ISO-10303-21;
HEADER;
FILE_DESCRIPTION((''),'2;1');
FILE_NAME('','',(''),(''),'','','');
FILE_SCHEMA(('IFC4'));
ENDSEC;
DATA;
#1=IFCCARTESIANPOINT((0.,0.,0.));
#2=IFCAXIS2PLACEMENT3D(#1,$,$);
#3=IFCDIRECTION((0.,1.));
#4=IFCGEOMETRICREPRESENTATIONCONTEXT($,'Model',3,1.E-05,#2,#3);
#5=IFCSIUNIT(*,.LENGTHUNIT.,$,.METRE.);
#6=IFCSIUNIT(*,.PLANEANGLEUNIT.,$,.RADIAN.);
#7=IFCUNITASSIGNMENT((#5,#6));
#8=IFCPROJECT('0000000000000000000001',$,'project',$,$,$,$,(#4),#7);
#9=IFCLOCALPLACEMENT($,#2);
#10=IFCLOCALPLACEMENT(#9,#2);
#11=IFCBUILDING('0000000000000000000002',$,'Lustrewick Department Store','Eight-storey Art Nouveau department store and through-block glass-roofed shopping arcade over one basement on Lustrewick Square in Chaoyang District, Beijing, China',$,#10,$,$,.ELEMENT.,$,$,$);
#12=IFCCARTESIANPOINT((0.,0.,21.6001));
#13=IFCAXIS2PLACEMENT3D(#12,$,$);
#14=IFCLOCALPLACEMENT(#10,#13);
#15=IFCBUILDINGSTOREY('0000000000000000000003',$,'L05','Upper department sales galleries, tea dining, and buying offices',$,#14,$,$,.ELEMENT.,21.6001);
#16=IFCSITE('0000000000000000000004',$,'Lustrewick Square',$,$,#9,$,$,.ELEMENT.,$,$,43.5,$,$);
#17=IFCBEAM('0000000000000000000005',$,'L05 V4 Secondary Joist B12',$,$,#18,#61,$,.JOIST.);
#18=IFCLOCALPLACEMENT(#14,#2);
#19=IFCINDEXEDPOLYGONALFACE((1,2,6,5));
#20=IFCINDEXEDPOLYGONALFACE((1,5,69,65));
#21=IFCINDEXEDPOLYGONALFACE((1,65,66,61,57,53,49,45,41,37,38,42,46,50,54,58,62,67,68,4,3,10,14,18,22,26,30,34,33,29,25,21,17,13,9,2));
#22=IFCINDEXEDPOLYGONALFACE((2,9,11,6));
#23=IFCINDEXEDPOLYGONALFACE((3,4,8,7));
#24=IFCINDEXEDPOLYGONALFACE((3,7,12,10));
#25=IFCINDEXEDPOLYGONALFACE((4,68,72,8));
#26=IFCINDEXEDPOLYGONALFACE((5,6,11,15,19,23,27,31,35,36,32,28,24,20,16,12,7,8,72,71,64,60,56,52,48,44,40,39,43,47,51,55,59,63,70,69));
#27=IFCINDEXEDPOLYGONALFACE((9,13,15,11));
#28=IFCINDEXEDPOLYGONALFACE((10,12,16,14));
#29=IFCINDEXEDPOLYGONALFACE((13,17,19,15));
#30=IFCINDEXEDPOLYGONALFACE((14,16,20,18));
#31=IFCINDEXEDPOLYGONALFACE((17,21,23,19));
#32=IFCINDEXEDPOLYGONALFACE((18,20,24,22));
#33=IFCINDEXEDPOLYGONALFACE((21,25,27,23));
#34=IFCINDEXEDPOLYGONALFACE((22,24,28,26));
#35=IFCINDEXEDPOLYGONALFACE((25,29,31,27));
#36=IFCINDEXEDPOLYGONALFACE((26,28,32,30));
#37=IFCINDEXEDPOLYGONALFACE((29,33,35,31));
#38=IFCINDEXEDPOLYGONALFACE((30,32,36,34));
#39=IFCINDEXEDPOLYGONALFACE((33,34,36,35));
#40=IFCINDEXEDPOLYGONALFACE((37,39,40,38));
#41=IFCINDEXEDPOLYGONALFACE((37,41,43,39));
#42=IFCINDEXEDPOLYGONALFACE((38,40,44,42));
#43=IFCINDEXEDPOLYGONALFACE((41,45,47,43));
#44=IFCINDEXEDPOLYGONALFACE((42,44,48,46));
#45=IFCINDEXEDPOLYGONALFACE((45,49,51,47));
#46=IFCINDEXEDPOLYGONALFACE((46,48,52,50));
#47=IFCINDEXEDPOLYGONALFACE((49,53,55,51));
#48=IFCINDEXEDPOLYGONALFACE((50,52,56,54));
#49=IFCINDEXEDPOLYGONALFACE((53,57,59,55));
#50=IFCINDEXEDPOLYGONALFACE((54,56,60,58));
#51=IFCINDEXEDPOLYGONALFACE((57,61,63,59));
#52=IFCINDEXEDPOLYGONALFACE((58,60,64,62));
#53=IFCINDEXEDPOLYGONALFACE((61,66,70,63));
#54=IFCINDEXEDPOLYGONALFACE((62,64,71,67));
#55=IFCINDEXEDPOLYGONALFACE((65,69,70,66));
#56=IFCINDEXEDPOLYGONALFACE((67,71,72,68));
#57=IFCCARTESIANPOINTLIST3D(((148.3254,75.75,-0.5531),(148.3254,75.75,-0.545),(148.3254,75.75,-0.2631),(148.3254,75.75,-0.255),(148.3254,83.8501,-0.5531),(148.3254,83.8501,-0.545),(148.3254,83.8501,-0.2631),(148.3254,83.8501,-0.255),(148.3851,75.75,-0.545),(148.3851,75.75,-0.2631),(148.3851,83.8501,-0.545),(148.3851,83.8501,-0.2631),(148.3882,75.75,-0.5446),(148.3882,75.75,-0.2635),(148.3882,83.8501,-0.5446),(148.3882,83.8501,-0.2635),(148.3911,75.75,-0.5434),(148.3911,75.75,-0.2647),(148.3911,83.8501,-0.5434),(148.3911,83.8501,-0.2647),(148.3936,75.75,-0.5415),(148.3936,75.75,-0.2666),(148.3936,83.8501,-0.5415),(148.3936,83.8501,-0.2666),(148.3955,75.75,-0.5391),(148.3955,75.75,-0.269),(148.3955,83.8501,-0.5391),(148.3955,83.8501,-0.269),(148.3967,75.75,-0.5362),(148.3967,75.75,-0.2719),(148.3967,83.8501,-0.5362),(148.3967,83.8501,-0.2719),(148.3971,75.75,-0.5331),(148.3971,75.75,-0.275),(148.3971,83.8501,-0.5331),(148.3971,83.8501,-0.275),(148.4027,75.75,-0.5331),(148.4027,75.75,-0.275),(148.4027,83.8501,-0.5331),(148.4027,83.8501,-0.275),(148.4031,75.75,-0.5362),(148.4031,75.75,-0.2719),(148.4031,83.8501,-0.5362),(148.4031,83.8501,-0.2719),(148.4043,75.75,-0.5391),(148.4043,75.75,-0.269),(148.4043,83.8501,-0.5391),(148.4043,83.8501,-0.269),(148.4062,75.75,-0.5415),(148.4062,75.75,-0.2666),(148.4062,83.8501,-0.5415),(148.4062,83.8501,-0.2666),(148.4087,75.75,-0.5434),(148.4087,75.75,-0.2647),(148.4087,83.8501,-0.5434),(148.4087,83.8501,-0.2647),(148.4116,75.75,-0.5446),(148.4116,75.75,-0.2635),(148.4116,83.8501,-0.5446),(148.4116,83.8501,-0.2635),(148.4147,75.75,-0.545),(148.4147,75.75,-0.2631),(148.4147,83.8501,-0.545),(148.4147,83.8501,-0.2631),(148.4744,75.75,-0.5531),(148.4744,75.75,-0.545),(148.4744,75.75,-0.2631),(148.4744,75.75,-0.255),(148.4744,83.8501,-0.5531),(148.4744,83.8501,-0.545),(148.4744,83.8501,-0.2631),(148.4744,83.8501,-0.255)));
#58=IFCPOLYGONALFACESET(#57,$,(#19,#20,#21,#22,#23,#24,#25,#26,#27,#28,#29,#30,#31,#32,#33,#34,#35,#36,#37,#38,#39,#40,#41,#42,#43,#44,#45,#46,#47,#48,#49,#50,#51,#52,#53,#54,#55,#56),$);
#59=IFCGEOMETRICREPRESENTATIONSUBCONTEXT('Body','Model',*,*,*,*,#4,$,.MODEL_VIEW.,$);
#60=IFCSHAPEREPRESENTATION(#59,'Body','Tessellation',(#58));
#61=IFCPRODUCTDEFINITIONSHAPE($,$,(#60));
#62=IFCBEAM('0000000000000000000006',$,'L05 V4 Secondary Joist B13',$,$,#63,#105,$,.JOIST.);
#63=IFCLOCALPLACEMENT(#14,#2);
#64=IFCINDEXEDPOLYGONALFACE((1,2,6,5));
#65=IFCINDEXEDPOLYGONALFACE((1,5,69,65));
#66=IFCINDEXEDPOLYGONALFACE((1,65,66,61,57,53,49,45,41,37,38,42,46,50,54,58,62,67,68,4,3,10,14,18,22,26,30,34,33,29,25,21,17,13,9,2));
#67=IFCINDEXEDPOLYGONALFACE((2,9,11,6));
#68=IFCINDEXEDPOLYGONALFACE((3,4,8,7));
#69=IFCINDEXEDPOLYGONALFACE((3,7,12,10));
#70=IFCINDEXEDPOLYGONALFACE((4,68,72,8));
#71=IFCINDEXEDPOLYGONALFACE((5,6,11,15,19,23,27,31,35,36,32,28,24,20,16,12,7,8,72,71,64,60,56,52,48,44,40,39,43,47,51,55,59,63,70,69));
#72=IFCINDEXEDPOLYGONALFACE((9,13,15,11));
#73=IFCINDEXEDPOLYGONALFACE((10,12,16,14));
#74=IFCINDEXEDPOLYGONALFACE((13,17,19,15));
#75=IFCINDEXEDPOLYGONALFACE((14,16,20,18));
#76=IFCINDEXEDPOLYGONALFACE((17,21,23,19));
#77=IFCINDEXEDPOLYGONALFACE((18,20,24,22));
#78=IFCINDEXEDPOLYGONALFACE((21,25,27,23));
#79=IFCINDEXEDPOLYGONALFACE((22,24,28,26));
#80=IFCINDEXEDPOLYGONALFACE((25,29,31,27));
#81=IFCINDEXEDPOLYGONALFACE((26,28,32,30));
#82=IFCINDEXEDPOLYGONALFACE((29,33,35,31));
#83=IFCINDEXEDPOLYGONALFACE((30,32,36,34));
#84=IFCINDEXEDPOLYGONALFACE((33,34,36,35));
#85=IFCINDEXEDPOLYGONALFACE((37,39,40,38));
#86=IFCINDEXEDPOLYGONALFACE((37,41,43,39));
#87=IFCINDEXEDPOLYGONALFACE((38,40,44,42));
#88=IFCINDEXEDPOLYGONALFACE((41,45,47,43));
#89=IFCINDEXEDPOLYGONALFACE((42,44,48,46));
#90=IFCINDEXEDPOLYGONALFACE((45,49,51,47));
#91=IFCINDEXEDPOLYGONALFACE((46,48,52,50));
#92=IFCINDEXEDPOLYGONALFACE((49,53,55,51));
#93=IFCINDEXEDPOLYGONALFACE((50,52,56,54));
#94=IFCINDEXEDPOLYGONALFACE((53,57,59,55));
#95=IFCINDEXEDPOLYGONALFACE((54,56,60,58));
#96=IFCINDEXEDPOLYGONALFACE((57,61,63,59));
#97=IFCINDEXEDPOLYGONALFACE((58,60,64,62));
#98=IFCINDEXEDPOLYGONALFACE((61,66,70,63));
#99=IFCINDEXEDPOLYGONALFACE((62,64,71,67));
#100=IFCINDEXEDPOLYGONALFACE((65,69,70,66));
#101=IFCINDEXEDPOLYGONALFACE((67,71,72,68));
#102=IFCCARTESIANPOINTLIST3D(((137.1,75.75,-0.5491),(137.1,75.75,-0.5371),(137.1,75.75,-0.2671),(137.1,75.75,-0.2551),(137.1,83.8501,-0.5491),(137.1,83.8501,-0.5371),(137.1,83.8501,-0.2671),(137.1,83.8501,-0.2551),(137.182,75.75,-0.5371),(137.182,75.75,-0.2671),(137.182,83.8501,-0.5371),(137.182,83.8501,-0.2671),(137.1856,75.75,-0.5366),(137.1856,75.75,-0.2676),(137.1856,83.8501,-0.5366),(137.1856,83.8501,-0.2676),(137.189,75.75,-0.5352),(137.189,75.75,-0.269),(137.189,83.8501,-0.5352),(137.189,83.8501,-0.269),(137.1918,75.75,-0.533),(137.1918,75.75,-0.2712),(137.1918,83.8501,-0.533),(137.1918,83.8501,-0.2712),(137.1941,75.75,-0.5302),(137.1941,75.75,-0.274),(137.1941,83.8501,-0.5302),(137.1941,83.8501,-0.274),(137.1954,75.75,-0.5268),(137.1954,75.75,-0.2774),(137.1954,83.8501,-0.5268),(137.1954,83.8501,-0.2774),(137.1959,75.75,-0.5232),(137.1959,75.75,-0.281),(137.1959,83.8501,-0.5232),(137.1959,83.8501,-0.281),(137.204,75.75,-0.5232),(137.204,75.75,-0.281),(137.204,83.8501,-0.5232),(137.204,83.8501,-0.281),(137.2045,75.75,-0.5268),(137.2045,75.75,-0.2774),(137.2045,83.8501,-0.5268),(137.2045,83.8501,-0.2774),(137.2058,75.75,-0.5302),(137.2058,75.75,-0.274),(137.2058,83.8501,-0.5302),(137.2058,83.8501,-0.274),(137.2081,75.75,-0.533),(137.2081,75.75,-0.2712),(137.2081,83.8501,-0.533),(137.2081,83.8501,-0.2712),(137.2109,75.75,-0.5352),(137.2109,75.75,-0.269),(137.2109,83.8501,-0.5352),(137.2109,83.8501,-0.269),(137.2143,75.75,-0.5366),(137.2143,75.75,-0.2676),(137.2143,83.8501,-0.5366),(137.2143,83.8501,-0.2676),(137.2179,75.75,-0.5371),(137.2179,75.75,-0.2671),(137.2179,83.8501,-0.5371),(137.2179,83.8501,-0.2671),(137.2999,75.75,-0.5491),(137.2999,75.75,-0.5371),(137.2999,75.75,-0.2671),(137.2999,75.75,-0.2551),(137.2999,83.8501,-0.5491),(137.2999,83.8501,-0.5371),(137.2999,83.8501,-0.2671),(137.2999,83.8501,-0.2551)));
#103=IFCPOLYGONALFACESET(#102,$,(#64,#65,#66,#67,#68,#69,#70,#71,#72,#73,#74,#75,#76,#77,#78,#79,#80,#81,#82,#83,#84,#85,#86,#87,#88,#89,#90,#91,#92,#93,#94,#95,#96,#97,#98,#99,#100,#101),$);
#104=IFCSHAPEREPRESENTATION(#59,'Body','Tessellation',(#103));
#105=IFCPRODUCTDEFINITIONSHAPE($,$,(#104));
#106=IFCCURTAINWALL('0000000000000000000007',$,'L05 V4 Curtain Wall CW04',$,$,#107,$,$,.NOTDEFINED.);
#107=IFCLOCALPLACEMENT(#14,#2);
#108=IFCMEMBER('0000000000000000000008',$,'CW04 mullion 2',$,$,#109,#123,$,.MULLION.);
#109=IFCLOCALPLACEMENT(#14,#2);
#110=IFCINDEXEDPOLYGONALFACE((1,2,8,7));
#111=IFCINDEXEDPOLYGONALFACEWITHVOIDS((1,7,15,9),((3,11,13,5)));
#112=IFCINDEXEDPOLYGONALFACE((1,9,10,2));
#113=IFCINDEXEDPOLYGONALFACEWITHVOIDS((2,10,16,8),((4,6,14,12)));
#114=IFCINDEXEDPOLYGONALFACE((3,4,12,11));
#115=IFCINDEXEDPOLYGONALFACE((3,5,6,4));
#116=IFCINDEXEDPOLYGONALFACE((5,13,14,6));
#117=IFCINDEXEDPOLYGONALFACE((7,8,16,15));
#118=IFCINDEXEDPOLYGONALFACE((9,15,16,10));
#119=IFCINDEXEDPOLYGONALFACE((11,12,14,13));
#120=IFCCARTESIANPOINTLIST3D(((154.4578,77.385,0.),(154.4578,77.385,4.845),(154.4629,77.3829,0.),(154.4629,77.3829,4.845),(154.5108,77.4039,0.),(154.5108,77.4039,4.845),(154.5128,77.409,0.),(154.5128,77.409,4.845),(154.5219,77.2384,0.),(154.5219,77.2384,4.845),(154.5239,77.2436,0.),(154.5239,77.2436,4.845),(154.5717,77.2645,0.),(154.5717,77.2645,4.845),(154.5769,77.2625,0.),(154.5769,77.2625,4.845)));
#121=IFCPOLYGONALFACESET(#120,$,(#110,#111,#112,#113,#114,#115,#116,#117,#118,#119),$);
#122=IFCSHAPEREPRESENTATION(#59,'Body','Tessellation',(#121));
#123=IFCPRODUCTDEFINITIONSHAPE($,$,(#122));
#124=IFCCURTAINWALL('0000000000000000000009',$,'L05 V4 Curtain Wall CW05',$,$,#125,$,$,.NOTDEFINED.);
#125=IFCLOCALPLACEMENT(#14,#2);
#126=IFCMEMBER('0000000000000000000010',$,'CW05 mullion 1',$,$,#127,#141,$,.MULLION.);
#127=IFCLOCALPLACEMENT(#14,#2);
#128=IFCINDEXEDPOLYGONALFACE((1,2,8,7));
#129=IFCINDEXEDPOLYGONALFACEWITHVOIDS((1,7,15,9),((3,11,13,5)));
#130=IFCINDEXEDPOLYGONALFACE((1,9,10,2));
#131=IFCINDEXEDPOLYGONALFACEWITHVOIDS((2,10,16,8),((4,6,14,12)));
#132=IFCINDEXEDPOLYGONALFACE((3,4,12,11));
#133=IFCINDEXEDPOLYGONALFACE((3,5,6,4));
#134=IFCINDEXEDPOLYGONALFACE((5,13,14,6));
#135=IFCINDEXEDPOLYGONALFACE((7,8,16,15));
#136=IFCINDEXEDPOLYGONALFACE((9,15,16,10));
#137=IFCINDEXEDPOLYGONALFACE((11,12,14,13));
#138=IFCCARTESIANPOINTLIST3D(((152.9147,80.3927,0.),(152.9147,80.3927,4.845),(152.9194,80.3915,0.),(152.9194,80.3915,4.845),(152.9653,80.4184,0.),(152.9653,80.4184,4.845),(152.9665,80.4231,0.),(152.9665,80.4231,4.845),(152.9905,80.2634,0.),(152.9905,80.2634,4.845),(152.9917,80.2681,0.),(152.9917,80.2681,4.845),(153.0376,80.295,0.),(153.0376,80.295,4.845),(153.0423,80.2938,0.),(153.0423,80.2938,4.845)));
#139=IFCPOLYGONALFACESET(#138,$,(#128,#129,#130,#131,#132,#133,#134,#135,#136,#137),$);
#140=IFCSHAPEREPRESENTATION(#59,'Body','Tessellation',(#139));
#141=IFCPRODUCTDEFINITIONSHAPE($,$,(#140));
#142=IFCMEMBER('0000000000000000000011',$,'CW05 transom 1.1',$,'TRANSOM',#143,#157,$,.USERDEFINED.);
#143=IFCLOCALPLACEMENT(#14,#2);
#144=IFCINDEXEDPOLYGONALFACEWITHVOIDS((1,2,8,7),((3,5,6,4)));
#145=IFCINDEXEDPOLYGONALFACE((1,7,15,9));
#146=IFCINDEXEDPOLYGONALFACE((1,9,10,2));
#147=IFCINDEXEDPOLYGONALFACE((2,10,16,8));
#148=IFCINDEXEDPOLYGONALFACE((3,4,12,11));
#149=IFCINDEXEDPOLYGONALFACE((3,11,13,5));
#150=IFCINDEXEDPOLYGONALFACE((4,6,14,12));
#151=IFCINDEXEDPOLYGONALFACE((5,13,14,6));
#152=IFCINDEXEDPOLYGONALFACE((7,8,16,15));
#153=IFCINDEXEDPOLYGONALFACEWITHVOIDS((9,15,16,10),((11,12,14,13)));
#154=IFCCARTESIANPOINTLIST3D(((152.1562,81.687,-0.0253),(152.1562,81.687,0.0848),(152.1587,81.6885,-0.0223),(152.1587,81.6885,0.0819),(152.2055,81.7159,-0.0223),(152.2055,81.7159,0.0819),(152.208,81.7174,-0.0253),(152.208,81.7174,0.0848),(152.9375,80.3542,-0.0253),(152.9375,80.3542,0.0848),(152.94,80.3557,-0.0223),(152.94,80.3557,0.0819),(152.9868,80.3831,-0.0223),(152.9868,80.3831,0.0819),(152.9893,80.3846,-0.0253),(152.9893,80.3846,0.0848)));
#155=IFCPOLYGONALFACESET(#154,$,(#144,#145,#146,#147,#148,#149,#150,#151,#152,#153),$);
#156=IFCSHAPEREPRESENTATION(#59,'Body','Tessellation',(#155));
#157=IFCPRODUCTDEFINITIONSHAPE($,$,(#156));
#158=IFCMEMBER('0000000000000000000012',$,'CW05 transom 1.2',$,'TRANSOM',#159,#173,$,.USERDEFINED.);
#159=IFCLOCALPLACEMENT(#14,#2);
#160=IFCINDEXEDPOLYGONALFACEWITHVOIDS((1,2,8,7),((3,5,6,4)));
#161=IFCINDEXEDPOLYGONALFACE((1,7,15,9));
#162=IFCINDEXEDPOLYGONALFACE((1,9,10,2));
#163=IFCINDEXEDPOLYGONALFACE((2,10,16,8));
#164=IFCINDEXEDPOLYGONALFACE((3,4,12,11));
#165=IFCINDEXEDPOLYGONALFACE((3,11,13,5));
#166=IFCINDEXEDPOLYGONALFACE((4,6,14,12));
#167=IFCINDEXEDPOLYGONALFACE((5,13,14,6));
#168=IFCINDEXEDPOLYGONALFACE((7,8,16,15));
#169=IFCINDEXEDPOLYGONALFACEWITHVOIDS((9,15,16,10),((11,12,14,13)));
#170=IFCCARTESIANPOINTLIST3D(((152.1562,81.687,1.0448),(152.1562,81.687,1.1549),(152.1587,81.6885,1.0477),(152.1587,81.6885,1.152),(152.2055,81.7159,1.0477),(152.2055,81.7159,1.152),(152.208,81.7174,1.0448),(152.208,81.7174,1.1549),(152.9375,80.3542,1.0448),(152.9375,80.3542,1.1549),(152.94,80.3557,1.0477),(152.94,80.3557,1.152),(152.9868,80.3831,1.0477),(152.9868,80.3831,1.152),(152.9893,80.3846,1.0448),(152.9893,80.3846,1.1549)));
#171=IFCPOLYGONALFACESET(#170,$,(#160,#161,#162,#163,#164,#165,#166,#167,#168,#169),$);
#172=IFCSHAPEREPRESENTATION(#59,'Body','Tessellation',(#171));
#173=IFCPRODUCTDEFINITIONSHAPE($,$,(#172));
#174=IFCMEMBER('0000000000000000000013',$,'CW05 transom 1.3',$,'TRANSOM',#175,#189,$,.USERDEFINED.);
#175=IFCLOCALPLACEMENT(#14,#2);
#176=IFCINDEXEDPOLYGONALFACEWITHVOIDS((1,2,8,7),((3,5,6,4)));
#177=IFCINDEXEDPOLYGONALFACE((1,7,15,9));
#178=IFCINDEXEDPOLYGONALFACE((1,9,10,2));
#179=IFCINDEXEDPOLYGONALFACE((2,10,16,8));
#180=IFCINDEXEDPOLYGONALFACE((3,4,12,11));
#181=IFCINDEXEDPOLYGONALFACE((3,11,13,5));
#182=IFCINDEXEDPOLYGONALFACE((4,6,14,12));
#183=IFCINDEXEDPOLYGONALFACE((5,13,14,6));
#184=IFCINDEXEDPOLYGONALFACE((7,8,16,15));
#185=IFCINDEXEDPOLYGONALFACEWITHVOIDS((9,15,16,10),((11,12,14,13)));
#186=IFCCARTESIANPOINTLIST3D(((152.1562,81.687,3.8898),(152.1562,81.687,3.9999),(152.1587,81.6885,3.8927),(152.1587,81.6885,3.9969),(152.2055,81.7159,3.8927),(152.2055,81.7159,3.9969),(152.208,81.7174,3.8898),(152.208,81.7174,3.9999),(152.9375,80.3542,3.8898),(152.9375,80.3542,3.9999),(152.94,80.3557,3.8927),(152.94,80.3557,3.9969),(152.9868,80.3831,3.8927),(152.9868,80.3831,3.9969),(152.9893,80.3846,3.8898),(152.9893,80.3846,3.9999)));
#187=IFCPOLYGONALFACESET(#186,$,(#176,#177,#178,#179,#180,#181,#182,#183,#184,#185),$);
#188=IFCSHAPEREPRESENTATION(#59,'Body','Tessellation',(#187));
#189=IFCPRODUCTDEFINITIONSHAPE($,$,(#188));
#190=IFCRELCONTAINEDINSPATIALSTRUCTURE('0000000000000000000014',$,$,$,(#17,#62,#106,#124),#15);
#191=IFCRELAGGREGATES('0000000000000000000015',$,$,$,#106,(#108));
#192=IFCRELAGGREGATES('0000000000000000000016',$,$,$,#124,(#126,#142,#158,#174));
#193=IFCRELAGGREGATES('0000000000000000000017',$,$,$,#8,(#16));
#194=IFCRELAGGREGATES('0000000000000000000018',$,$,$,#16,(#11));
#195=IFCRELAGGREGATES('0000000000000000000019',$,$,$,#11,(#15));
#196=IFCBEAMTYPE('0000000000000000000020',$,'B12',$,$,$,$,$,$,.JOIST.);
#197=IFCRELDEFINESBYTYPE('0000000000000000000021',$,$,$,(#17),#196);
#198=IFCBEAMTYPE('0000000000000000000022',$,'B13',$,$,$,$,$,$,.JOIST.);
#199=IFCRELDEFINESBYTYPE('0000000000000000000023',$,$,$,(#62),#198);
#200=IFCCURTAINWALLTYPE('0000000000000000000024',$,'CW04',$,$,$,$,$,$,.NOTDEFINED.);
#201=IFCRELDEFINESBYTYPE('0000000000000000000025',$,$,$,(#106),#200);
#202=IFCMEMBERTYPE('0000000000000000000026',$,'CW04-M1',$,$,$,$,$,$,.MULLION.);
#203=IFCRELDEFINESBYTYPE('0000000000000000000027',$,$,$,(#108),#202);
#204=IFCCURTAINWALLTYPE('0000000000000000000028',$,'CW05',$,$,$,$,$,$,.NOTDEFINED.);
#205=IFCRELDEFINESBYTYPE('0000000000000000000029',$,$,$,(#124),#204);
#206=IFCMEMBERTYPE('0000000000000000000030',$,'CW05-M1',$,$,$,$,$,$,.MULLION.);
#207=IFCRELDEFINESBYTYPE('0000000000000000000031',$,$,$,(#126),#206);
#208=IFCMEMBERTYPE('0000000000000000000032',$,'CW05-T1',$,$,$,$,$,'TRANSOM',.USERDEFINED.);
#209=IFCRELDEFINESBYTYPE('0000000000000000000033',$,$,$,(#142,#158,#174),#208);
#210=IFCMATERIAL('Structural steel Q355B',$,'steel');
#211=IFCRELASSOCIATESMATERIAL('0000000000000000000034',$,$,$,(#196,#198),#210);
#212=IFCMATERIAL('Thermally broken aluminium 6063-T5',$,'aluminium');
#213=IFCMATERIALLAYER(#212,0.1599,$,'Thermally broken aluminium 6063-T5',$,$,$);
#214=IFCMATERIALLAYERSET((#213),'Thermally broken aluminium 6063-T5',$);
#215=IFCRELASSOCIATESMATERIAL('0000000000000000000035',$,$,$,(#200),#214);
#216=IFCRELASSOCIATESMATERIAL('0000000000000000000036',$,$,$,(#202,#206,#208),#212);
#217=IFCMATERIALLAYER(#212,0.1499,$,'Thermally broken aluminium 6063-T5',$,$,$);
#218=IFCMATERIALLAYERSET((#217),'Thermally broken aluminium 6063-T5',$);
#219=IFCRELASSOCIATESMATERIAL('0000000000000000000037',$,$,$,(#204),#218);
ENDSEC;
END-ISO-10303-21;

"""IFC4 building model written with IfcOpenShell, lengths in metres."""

from ifc_helpers import new_model, si_unit, direction, frame, origin, origin_2d, place, context, subcontext, project, spatial, hollow_rectangle, i_section, extrude, material, layer, layer_set, material_profile, profile_set, type_object, element, aggregate, save


model = new_model("IFC4")

# Units and contexts
model_context = context("Model", 3, precision=1e-05, world=origin(), true_north=direction((0.0, 1.0)))
body_context = subcontext(model_context, "Body", "Model", "MODEL_VIEW")
ifc_project = project(units=[si_unit("LENGTHUNIT", "METRE"), si_unit("PLANEANGLEUNIT", "RADIAN")], contexts=[model_context])

# Site, building, storey
site_placement = place(None, origin())
site = spatial("IfcSite", under=ifc_project, at=site_placement, Name="Lustrewick Square", CompositionType="ELEMENT", RefElevation=43.5)
building_placement = place(site_placement, origin())
building = spatial("IfcBuilding", under=site, at=building_placement, Name="Lustrewick Department Store", Description="Eight-storey Art Nouveau department store and through-block glass-roofed shopping arcade over one basement on Lustrewick Square in Chaoyang District, Beijing, China", CompositionType="ELEMENT")
storey_placement = place(building_placement, frame((0.0, 0.0, 21.6001)))
storey = spatial("IfcBuildingStorey", under=building, at=storey_placement, Name="L05", Description="Upper department sales galleries, tea dining, and buying offices", CompositionType="ELEMENT", Elevation=21.6001)

# Shared definitions
ifc_material_1 = material(Name="Structural steel Q355B", Category="steel")

# Beams
ifc_material_profile_1 = material_profile(ifc_material_1, i_section(OverallWidth=0.1489, OverallDepth=0.2981, WebThickness=0.0056, FlangeThickness=0.0081, FilletRadius=0.012, at=origin_2d()), Name="HN 298x149x5.5x8")
ifc_profile_set_1 = profile_set([ifc_material_profile_1], Name="Structural steel Q355B")
beam_type_1 = type_object("IfcBeamType", Name="B12", PredefinedType="JOIST", material=ifc_profile_set_1)
beam_1_placement = place(storey_placement, frame((148.3999, 75.75, -0.4041), z_axis=(0.0, 1.0, 0.0), x_axis=(-1.0, 0.0, 0.0)))
element("IfcBeam", 1, at=beam_1_placement, inside=storey, type_object=beam_type_1, Name="L05 V4 Secondary Joist B12", PredefinedType="JOIST", context=body_context, shape_type="SweptSolid", body=[
    extrude(i_section(OverallWidth=0.1489, OverallDepth=0.2981, WebThickness=0.0056, FlangeThickness=0.0081, FilletRadius=0.012, at=origin_2d()), origin(), (0.0, 0.0, 1.0), 8.1001),
])
ifc_material_profile_2 = material_profile(ifc_material_1, i_section(OverallWidth=0.2, OverallDepth=0.2939, WebThickness=0.0081, FlangeThickness=0.012, FilletRadius=0.0139, at=origin_2d()), Name="HM 294x200x8x12")
ifc_profile_set_2 = profile_set([ifc_material_profile_2], Name="Structural steel Q355B")
beam_type_2 = type_object("IfcBeamType", Name="B13", PredefinedType="JOIST", material=ifc_profile_set_2)
beam_2_placement = place(storey_placement, frame((137.2, 75.75, -0.4021), z_axis=(0.0, 1.0, 0.0), x_axis=(-1.0, 0.0, 0.0)))
element("IfcBeam", 2, at=beam_2_placement, inside=storey, type_object=beam_type_2, Name="L05 V4 Secondary Joist B13", PredefinedType="JOIST", context=body_context, shape_type="SweptSolid", body=[
    extrude(i_section(OverallWidth=0.2, OverallDepth=0.2939, WebThickness=0.0081, FlangeThickness=0.012, FilletRadius=0.0139, at=origin_2d()), origin(), (0.0, 0.0, 1.0), 8.1001),
])

# Curtain wall, member
ifc_material_2 = material(Name="Thermally broken aluminium 6063-T5", Category="aluminium")
ifc_layer_1 = layer(ifc_material_2, 0.1599, Name="Thermally broken aluminium 6063-T5")
ifc_layer_set_1 = layer_set([ifc_layer_1], Name="Thermally broken aluminium 6063-T5")
curtain_wall_type_1 = type_object("IfcCurtainWallType", Name="CW04", PredefinedType="NOTDEFINED", material=ifc_layer_set_1)
curtain_wall_1_placement = place(storey_placement, origin())
curtain_wall_1 = element("IfcCurtainWall", 3, at=curtain_wall_1_placement, inside=storey, type_object=curtain_wall_type_1, Name="L05 V4 Curtain Wall CW04", PredefinedType="NOTDEFINED")
ifc_material_profile_3 = material_profile(ifc_material_2, hollow_rectangle(XDim=0.0601, YDim=0.1599, WallThickness=0.0039, at=origin_2d()), Name="ALU-M 60x160x4")
ifc_profile_set_3 = profile_set([ifc_material_profile_3], Name="Thermally broken aluminium 6063-T5")
member_type_1 = type_object("IfcMemberType", Name="CW04-M1", PredefinedType="MULLION", material=ifc_profile_set_3)
member_1_placement = place(storey_placement, frame((154.5173, 77.3237, 0.0), z_axis=(0.0, 0.0, 1.0), x_axis=(-0.916193, -0.400737, 0.0)))
member_1 = element("IfcMember", 4, at=member_1_placement, type_object=member_type_1, Name="CW04 mullion 2", PredefinedType="MULLION", context=body_context, shape_type="SweptSolid", body=[
    extrude(hollow_rectangle(XDim=0.0601, YDim=0.1599, WallThickness=0.0039, at=origin_2d()), origin(), (0.0, 0.0, 1.0), 4.845),
])
aggregate(curtain_wall_1, [member_1])

# Curtain wall, members
ifc_layer_2 = layer(ifc_material_2, 0.1499, Name="Thermally broken aluminium 6063-T5")
ifc_layer_set_2 = layer_set([ifc_layer_2], Name="Thermally broken aluminium 6063-T5")
curtain_wall_type_2 = type_object("IfcCurtainWallType", Name="CW05", PredefinedType="NOTDEFINED", material=ifc_layer_set_2)
curtain_wall_2_placement = place(storey_placement, origin())
curtain_wall_2 = element("IfcCurtainWall", 5, at=curtain_wall_2_placement, inside=storey, type_object=curtain_wall_type_2, Name="L05 V4 Curtain Wall CW05", PredefinedType="NOTDEFINED")
ifc_material_profile_4 = material_profile(ifc_material_2, hollow_rectangle(XDim=0.0601, YDim=0.1499, WallThickness=0.0034, at=origin_2d()), Name="ALU-M 60x150x3.5")
ifc_profile_set_4 = profile_set([ifc_material_profile_4], Name="Thermally broken aluminium 6063-T5")
member_type_2 = type_object("IfcMemberType", Name="CW05-M1", PredefinedType="MULLION", material=ifc_profile_set_4)
member_2_placement = place(storey_placement, frame((152.9785, 80.3433, 0.0), z_axis=(0.0, 0.0, 1.0), x_axis=(-0.862731, -0.505662, 0.0)))
member_2 = element("IfcMember", 6, at=member_2_placement, type_object=member_type_2, Name="CW05 mullion 1", PredefinedType="MULLION", context=body_context, shape_type="SweptSolid", body=[
    extrude(hollow_rectangle(XDim=0.0601, YDim=0.1499, WallThickness=0.0034, at=origin_2d()), origin(), (0.0, 0.0, 1.0), 4.845),
])
ifc_material_profile_5 = material_profile(ifc_material_2, hollow_rectangle(XDim=0.0601, YDim=0.1101, WallThickness=0.0029, at=origin_2d()), Name="ALU-T 60x110x3")
ifc_profile_set_5 = profile_set([ifc_material_profile_5], Name="Thermally broken aluminium 6063-T5")
member_type_3 = type_object("IfcMemberType", Name="CW05-T1", ElementType="TRANSOM", PredefinedType="USERDEFINED", material=ifc_profile_set_5)
member_3_placement = place(storey_placement, frame((152.9634, 80.3694, 0.0298), z_axis=(-0.505707, 0.862705, 0.0), x_axis=(-0.862705, -0.505707, 0.0)))
member_3 = element("IfcMember", 7, at=member_3_placement, type_object=member_type_3, Name="CW05 transom 1.1", ObjectType="TRANSOM", PredefinedType="USERDEFINED", context=body_context, shape_type="SweptSolid", body=[
    extrude(hollow_rectangle(XDim=0.0601, YDim=0.1101, WallThickness=0.0029, at=origin_2d()), origin(), (0.0, 0.0, 1.0), 1.5449),
])
member_4_placement = place(storey_placement, frame((152.9634, 80.3694, 1.0999), z_axis=(-0.505707, 0.862705, 0.0), x_axis=(-0.862705, -0.505707, 0.0)))
member_4 = element("IfcMember", 8, at=member_4_placement, type_object=member_type_3, Name="CW05 transom 1.2", ObjectType="TRANSOM", PredefinedType="USERDEFINED", context=body_context, shape_type="SweptSolid", body=[
    extrude(hollow_rectangle(XDim=0.0601, YDim=0.1101, WallThickness=0.0029, at=origin_2d()), origin(), (0.0, 0.0, 1.0), 1.5449),
])
member_5_placement = place(storey_placement, frame((152.9634, 80.3694, 3.9448), z_axis=(-0.505707, 0.862705, 0.0), x_axis=(-0.862705, -0.505707, 0.0)))
member_5 = element("IfcMember", 9, at=member_5_placement, type_object=member_type_3, Name="CW05 transom 1.3", ObjectType="TRANSOM", PredefinedType="USERDEFINED", context=body_context, shape_type="SweptSolid", body=[
    extrude(hollow_rectangle(XDim=0.0601, YDim=0.1101, WallThickness=0.0029, at=origin_2d()), origin(), (0.0, 0.0, 1.0), 1.5449),
])

aggregate(curtain_wall_2, [member_2, member_3, member_4, member_5])

save(model, "model.ifc")
